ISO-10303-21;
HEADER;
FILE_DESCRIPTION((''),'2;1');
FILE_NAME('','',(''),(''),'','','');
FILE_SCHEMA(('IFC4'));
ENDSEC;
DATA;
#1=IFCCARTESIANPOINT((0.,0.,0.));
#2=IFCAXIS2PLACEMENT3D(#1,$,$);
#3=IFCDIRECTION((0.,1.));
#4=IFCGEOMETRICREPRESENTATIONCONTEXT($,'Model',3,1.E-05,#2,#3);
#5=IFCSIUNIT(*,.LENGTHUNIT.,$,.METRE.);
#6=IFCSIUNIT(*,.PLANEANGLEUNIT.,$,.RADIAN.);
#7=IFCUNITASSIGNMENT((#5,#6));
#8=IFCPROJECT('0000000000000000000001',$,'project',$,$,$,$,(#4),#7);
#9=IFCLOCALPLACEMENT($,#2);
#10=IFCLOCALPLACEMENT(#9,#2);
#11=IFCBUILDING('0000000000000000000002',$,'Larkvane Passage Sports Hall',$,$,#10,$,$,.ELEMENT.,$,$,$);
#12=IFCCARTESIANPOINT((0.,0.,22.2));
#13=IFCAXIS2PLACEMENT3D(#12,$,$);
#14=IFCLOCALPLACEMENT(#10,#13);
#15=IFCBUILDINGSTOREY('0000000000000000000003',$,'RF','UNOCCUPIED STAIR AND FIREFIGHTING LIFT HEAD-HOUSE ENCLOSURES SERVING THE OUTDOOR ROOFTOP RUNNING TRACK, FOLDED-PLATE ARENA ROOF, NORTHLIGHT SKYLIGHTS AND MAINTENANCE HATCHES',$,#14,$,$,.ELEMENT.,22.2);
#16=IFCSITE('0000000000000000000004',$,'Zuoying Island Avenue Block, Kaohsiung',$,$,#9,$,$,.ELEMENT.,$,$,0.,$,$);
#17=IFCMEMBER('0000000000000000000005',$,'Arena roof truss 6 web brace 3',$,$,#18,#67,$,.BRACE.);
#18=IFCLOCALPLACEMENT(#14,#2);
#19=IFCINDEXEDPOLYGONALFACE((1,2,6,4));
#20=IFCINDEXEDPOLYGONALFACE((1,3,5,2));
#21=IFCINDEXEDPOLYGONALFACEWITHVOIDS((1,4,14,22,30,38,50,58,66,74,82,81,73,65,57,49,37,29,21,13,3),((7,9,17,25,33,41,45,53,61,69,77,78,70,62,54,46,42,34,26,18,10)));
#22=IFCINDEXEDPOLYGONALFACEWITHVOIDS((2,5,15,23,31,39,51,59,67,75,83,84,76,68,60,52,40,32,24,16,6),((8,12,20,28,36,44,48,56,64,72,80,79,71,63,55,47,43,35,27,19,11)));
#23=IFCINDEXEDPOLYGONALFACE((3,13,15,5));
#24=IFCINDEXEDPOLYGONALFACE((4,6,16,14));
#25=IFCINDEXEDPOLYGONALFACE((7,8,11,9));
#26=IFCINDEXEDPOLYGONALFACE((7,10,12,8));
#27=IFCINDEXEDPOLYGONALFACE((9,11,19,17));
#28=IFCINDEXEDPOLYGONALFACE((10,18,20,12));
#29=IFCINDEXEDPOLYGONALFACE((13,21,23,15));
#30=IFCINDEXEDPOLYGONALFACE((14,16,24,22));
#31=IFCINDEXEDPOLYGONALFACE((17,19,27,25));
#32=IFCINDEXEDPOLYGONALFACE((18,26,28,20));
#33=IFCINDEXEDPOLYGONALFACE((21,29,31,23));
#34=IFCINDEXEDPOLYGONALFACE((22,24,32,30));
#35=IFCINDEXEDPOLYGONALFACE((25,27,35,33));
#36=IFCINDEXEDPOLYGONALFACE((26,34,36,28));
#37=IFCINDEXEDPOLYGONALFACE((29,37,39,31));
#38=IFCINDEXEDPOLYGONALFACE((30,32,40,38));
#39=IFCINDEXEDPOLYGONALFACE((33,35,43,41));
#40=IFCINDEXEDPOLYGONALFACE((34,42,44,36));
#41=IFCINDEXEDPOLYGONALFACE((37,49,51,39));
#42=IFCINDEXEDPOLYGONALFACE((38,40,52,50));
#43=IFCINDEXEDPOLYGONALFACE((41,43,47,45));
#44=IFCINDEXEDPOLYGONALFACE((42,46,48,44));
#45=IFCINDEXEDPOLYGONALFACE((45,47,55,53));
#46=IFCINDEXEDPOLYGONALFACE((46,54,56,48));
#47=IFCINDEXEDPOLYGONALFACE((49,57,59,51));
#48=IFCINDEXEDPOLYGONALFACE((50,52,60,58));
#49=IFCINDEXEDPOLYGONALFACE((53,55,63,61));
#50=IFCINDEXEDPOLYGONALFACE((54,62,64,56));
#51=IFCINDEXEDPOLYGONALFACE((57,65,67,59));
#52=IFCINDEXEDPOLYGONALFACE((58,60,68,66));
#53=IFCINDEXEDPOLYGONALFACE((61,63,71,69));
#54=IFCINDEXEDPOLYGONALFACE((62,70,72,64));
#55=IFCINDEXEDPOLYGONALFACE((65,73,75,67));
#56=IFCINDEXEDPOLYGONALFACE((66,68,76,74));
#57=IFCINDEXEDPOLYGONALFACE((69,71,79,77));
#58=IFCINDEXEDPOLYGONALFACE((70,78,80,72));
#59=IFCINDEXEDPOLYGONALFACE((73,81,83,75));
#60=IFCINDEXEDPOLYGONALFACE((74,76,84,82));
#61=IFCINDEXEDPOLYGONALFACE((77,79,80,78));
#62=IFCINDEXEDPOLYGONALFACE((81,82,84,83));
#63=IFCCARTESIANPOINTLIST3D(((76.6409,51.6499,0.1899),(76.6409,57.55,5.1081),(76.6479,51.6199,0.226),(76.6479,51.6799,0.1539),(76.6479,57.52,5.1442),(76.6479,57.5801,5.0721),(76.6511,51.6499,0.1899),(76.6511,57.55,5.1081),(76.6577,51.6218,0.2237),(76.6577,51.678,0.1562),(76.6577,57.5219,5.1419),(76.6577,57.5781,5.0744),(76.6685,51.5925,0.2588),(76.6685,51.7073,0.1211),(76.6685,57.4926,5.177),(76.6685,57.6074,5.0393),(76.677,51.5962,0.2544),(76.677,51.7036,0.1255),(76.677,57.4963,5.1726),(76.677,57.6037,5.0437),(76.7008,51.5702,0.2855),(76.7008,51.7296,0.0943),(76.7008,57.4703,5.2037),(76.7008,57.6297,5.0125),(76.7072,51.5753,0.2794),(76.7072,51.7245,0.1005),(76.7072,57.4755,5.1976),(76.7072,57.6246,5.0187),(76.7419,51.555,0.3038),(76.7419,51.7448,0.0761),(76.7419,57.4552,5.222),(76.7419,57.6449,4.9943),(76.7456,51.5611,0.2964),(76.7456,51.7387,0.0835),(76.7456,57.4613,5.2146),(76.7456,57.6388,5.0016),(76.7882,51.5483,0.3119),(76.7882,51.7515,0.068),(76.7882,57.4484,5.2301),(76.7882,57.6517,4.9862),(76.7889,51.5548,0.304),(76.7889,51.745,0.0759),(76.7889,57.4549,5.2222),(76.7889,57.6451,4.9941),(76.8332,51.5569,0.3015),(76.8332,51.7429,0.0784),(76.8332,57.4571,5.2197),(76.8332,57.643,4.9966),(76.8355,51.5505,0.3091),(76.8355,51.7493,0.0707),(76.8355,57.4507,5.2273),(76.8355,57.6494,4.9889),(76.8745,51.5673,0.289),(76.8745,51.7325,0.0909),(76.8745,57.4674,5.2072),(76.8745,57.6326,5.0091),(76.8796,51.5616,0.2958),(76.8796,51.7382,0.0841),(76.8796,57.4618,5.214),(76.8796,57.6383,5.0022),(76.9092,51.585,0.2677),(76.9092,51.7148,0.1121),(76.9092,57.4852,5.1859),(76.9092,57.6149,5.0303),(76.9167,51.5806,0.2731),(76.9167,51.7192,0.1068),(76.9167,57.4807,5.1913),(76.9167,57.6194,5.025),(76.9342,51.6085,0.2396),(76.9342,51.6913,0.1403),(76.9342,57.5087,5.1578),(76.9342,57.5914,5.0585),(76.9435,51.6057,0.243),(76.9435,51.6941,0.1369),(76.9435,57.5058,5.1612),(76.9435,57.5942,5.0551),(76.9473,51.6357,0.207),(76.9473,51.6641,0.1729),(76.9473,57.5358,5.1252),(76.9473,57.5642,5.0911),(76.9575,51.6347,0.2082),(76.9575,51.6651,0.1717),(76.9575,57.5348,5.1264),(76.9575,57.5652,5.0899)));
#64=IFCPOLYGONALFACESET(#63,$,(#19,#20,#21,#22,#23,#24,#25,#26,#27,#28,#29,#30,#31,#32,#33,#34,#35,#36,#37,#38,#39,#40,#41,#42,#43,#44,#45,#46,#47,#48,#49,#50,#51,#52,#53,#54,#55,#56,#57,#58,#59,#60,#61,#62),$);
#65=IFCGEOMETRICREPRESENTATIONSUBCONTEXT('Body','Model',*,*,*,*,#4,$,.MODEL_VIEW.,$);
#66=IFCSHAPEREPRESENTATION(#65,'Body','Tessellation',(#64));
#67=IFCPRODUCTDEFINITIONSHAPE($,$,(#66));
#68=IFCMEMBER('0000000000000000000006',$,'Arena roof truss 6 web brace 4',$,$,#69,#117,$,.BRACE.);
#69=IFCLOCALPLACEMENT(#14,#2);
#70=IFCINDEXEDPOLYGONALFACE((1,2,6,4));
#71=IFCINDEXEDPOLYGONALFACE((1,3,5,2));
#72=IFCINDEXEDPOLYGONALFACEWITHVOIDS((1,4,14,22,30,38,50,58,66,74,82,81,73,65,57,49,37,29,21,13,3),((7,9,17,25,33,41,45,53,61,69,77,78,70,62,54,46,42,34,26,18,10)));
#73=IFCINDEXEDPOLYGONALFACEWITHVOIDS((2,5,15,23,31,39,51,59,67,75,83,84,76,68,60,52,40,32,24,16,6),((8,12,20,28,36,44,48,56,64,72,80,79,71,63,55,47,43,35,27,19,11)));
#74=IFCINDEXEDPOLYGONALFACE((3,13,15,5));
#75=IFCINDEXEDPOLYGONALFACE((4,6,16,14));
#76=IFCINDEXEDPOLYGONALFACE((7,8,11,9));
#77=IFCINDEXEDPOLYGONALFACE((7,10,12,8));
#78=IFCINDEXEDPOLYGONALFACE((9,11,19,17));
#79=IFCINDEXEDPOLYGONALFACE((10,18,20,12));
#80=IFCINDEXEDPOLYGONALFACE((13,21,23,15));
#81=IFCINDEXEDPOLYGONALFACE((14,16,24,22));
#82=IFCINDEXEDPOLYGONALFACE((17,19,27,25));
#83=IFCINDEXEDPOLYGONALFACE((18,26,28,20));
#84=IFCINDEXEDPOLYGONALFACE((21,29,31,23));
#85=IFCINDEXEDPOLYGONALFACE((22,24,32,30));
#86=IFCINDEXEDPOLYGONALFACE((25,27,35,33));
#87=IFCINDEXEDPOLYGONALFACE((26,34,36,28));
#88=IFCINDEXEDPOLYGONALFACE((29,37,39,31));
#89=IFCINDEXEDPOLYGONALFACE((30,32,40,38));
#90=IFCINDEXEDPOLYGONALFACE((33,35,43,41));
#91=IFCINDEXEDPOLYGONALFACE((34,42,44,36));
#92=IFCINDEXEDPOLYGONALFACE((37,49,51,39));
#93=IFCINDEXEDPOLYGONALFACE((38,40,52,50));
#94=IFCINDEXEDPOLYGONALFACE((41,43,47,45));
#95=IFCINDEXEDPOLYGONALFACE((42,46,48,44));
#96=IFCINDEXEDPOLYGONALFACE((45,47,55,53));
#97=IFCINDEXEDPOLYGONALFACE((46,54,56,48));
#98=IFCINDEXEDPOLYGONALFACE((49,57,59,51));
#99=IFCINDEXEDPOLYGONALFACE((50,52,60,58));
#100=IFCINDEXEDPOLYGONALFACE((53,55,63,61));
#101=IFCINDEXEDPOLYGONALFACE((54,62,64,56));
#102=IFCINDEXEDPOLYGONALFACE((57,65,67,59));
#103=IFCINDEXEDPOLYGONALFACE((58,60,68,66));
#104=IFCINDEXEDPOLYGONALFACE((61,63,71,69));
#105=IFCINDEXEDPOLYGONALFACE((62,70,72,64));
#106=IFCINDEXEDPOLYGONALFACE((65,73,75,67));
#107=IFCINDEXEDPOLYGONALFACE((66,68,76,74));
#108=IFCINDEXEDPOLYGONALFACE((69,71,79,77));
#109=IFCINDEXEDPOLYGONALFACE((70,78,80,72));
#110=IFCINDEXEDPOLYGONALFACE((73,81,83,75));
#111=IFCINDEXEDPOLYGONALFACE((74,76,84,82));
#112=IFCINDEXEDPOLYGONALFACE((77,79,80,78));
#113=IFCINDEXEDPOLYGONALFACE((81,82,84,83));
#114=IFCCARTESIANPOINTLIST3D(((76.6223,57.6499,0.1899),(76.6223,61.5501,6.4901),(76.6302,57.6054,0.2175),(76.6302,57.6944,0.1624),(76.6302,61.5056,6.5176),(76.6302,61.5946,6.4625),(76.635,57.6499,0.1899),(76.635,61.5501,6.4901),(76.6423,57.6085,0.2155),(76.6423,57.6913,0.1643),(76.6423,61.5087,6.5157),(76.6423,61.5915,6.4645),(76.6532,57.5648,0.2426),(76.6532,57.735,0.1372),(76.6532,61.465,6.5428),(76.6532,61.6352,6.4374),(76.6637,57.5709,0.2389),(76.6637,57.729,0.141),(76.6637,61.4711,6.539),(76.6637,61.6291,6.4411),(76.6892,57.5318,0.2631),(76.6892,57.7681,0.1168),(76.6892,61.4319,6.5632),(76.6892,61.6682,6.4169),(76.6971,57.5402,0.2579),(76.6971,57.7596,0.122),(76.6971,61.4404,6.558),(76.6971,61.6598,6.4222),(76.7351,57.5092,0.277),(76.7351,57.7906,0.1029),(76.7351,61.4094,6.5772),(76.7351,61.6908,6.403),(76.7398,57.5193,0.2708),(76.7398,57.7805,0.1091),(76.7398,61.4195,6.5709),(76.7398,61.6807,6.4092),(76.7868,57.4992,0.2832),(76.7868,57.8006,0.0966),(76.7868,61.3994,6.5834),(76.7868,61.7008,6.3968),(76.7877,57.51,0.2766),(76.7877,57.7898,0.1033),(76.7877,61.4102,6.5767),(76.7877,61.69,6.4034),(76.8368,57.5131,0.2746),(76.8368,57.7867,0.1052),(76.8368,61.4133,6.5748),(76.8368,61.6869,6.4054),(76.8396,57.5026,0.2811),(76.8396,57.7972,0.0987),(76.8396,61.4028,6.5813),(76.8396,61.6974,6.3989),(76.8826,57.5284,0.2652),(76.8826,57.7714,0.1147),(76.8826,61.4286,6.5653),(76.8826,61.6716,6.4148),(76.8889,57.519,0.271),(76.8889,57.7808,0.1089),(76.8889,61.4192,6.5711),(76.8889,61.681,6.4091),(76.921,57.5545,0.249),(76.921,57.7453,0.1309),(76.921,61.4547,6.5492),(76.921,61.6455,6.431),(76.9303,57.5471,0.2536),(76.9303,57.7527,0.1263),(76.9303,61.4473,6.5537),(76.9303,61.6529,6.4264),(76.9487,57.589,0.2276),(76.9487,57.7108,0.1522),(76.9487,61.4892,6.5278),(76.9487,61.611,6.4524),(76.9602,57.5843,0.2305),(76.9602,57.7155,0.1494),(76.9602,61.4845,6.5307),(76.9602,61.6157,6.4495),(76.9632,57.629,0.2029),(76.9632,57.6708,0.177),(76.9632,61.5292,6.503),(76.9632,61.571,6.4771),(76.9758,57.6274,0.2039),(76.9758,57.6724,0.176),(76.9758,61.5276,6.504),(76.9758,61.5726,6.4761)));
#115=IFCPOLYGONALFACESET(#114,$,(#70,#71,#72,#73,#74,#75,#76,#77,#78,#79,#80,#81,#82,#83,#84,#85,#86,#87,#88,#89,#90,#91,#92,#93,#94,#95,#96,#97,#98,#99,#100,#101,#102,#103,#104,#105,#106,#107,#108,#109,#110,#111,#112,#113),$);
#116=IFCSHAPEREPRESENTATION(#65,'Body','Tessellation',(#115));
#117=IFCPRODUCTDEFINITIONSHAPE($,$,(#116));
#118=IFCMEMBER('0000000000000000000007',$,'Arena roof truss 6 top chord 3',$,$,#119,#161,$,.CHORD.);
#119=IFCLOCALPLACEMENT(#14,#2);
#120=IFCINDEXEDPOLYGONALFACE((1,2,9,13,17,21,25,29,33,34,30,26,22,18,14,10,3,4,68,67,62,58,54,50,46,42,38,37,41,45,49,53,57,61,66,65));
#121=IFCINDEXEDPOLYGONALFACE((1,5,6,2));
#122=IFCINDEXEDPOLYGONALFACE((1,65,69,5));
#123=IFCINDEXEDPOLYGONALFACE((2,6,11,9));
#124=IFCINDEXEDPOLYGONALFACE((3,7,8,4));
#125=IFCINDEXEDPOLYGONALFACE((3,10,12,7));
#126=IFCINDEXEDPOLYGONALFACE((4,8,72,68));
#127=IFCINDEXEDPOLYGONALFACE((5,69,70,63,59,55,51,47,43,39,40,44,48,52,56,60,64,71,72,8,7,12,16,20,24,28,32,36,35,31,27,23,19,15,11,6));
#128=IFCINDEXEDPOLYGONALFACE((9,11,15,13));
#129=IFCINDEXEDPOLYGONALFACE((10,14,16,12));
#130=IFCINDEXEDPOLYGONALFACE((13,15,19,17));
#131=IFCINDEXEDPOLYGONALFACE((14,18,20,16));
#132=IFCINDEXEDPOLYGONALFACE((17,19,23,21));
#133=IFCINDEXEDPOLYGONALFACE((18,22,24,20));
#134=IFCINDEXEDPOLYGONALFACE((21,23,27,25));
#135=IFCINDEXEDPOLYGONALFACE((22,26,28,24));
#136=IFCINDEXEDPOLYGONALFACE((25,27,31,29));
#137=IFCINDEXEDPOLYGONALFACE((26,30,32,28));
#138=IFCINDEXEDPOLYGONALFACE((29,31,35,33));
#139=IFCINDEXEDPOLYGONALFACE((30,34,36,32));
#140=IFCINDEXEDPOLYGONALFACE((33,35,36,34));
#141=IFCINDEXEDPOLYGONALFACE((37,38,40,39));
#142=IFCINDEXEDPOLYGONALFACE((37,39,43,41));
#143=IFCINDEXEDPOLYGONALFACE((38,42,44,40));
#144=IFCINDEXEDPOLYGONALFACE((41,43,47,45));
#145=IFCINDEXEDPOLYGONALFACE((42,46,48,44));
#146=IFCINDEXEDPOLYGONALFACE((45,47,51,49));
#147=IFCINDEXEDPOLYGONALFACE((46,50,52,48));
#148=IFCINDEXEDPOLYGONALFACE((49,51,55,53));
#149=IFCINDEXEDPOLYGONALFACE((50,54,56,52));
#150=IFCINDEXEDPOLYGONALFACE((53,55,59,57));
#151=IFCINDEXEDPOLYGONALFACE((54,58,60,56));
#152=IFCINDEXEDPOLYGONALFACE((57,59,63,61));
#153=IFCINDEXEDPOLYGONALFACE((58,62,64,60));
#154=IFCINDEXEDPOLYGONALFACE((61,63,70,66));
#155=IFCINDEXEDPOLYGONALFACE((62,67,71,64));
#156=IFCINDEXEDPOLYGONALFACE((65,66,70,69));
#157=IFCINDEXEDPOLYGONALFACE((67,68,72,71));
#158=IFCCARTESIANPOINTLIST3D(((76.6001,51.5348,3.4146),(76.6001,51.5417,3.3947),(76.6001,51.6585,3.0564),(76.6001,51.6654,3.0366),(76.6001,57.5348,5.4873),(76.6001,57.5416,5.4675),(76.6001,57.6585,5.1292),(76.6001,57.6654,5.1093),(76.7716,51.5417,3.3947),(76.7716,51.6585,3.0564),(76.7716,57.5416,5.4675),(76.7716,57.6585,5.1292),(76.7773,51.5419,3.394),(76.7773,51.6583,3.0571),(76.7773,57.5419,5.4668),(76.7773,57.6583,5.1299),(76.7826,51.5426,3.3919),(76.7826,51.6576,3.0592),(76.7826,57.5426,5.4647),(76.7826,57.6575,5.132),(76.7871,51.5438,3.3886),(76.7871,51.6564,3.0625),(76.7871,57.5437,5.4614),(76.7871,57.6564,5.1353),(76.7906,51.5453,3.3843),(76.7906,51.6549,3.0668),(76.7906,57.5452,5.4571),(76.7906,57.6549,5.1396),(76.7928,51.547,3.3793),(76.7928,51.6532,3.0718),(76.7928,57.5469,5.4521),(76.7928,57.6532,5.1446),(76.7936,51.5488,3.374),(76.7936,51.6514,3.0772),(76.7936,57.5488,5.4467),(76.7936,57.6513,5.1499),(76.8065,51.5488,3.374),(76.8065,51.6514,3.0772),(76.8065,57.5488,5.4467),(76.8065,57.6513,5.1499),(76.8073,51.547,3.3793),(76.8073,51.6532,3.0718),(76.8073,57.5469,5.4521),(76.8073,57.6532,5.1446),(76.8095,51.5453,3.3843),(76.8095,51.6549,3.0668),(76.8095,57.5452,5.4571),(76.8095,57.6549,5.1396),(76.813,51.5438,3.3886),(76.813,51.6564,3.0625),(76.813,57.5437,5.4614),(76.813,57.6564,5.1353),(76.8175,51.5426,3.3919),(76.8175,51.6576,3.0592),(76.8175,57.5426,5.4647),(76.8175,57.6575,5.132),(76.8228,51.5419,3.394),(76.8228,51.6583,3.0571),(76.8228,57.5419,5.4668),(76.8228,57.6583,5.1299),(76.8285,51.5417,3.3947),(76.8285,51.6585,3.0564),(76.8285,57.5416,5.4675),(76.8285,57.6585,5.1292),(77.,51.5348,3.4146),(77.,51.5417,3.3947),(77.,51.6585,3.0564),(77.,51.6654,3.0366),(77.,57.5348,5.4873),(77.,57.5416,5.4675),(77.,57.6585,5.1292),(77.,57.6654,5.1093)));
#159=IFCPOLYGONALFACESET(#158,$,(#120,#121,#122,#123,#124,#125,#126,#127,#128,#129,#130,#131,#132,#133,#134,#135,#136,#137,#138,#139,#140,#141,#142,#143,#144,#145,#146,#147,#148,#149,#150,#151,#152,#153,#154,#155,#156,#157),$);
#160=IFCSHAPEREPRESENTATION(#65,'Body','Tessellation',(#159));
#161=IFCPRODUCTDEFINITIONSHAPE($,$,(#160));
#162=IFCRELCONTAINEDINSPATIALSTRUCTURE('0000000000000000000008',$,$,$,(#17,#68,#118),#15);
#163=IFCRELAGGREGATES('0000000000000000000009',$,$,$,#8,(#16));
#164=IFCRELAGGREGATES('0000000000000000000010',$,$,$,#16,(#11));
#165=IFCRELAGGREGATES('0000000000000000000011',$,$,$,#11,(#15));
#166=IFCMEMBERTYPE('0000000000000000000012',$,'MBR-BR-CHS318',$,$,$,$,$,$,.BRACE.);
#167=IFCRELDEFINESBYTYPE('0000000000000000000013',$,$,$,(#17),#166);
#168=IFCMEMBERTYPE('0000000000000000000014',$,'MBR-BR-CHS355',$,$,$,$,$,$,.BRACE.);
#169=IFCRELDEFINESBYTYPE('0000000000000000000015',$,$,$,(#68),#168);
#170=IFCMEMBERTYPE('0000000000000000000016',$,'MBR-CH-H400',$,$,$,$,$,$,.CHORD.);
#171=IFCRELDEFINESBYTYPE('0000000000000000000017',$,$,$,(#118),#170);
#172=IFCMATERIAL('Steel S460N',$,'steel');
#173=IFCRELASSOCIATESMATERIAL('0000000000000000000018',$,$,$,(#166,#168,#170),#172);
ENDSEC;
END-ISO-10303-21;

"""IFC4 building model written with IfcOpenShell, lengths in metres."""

from ifc_helpers import new_model, si_unit, direction, frame, origin, origin_2d, place, context, subcontext, project, spatial, hollow_circle, i_section, extrude, material, material_profile, profile_set, type_object, element, save


model = new_model("IFC4")

# Units and contexts
model_context = context("Model", 3, precision=1e-05, world=origin(), true_north=direction((0.0, 1.0)))
body_context = subcontext(model_context, "Body", "Model", "MODEL_VIEW")
ifc_project = project(units=[si_unit("LENGTHUNIT", "METRE"), si_unit("PLANEANGLEUNIT", "RADIAN")], contexts=[model_context])

# Site, building, storey
site_placement = place(None, origin())
site = spatial("IfcSite", under=ifc_project, at=site_placement, Name="Zuoying Island Avenue Block, Kaohsiung", CompositionType="ELEMENT", RefElevation=0.0)
building_placement = place(site_placement, origin())
building = spatial("IfcBuilding", under=site, at=building_placement, Name="Larkvane Passage Sports Hall", CompositionType="ELEMENT")
storey_placement = place(building_placement, frame((0.0, 0.0, 22.2)))
storey = spatial("IfcBuildingStorey", under=building, at=storey_placement, Name="RF", Description="UNOCCUPIED STAIR AND FIREFIGHTING LIFT HEAD-HOUSE ENCLOSURES SERVING THE OUTDOOR ROOFTOP RUNNING TRACK, FOLDED-PLATE ARENA ROOF, NORTHLIGHT SKYLIGHTS AND MAINTENANCE HATCHES", CompositionType="ELEMENT", Elevation=22.2)

# Members
ifc_material_1 = material(Name="Steel S460N", Category="steel")
ifc_material_profile_1 = material_profile(ifc_material_1, hollow_circle(Radius=0.1592, WallThickness=0.0103, at=origin_2d()), Name="CHS-318.5x10.3")
ifc_profile_set_1 = profile_set([ifc_material_profile_1], Name="Steel S460N")
member_type_1 = type_object("IfcMemberType", Name="MBR-BR-CHS318", PredefinedType="BRACE", material=ifc_profile_set_1)
member_1_placement = place(storey_placement, frame((76.8, 51.6499, 0.1899), z_axis=(0.0, 0.76813, 0.640294), x_axis=(-1.0, 0.0, 0.0)))
element("IfcMember", 1, at=member_1_placement, inside=storey, type_object=member_type_1, Name="Arena roof truss 6 web brace 3", PredefinedType="BRACE", context=body_context, shape_type="SweptSolid", body=[
    extrude(hollow_circle(Radius=0.1592, WallThickness=0.0103, at=origin_2d()), origin(), (0.0, 0.0, 1.0), 7.6812),
])
ifc_material_profile_2 = material_profile(ifc_material_1, hollow_circle(Radius=0.1777, WallThickness=0.0127, at=origin_2d()), Name="CHS-355.6x12.7")
ifc_profile_set_2 = profile_set([ifc_material_profile_2], Name="Steel S460N")
member_type_2 = type_object("IfcMemberType", Name="MBR-BR-CHS355", PredefinedType="BRACE", material=ifc_profile_set_2)
member_2_placement = place(storey_placement, frame((76.8, 57.6499, 0.1899), z_axis=(0.0, 0.526366, 0.850258), x_axis=(-1.0, 0.0, 0.0)))
element("IfcMember", 2, at=member_2_placement, inside=storey, type_object=member_type_2, Name="Arena roof truss 6 web brace 4", PredefinedType="BRACE", context=body_context, shape_type="SweptSolid", body=[
    extrude(hollow_circle(Radius=0.1777, WallThickness=0.0127, at=origin_2d()), origin(), (0.0, 0.0, 1.0), 7.4097),
])
ifc_material_profile_3 = material_profile(ifc_material_1, i_section(OverallWidth=0.3999, OverallDepth=0.3999, WebThickness=0.0129, FlangeThickness=0.021, FilletRadius=0.022, at=origin_2d()), Name="H-400x400x13x21")
ifc_profile_set_3 = profile_set([ifc_material_profile_3], Name="Steel S460N")
member_type_3 = type_object("IfcMemberType", Name="MBR-CH-H400", PredefinedType="CHORD", material=ifc_profile_set_3)
member_3_placement = place(storey_placement, frame((76.8, 51.6001, 3.2256), z_axis=(0.0, 0.945189, 0.326524), x_axis=(-1.0, 0.0, 0.0)))
element("IfcMember", 3, at=member_3_placement, inside=storey, type_object=member_type_3, Name="Arena roof truss 6 top chord 3", PredefinedType="CHORD", context=body_context, shape_type="SweptSolid", body=[
    extrude(i_section(OverallWidth=0.3999, OverallDepth=0.3999, WebThickness=0.0129, FlangeThickness=0.021, FilletRadius=0.022, at=origin_2d()), origin(), (0.0, 0.0, 1.0), 6.3479),
])

save(model, "model.ifc")
